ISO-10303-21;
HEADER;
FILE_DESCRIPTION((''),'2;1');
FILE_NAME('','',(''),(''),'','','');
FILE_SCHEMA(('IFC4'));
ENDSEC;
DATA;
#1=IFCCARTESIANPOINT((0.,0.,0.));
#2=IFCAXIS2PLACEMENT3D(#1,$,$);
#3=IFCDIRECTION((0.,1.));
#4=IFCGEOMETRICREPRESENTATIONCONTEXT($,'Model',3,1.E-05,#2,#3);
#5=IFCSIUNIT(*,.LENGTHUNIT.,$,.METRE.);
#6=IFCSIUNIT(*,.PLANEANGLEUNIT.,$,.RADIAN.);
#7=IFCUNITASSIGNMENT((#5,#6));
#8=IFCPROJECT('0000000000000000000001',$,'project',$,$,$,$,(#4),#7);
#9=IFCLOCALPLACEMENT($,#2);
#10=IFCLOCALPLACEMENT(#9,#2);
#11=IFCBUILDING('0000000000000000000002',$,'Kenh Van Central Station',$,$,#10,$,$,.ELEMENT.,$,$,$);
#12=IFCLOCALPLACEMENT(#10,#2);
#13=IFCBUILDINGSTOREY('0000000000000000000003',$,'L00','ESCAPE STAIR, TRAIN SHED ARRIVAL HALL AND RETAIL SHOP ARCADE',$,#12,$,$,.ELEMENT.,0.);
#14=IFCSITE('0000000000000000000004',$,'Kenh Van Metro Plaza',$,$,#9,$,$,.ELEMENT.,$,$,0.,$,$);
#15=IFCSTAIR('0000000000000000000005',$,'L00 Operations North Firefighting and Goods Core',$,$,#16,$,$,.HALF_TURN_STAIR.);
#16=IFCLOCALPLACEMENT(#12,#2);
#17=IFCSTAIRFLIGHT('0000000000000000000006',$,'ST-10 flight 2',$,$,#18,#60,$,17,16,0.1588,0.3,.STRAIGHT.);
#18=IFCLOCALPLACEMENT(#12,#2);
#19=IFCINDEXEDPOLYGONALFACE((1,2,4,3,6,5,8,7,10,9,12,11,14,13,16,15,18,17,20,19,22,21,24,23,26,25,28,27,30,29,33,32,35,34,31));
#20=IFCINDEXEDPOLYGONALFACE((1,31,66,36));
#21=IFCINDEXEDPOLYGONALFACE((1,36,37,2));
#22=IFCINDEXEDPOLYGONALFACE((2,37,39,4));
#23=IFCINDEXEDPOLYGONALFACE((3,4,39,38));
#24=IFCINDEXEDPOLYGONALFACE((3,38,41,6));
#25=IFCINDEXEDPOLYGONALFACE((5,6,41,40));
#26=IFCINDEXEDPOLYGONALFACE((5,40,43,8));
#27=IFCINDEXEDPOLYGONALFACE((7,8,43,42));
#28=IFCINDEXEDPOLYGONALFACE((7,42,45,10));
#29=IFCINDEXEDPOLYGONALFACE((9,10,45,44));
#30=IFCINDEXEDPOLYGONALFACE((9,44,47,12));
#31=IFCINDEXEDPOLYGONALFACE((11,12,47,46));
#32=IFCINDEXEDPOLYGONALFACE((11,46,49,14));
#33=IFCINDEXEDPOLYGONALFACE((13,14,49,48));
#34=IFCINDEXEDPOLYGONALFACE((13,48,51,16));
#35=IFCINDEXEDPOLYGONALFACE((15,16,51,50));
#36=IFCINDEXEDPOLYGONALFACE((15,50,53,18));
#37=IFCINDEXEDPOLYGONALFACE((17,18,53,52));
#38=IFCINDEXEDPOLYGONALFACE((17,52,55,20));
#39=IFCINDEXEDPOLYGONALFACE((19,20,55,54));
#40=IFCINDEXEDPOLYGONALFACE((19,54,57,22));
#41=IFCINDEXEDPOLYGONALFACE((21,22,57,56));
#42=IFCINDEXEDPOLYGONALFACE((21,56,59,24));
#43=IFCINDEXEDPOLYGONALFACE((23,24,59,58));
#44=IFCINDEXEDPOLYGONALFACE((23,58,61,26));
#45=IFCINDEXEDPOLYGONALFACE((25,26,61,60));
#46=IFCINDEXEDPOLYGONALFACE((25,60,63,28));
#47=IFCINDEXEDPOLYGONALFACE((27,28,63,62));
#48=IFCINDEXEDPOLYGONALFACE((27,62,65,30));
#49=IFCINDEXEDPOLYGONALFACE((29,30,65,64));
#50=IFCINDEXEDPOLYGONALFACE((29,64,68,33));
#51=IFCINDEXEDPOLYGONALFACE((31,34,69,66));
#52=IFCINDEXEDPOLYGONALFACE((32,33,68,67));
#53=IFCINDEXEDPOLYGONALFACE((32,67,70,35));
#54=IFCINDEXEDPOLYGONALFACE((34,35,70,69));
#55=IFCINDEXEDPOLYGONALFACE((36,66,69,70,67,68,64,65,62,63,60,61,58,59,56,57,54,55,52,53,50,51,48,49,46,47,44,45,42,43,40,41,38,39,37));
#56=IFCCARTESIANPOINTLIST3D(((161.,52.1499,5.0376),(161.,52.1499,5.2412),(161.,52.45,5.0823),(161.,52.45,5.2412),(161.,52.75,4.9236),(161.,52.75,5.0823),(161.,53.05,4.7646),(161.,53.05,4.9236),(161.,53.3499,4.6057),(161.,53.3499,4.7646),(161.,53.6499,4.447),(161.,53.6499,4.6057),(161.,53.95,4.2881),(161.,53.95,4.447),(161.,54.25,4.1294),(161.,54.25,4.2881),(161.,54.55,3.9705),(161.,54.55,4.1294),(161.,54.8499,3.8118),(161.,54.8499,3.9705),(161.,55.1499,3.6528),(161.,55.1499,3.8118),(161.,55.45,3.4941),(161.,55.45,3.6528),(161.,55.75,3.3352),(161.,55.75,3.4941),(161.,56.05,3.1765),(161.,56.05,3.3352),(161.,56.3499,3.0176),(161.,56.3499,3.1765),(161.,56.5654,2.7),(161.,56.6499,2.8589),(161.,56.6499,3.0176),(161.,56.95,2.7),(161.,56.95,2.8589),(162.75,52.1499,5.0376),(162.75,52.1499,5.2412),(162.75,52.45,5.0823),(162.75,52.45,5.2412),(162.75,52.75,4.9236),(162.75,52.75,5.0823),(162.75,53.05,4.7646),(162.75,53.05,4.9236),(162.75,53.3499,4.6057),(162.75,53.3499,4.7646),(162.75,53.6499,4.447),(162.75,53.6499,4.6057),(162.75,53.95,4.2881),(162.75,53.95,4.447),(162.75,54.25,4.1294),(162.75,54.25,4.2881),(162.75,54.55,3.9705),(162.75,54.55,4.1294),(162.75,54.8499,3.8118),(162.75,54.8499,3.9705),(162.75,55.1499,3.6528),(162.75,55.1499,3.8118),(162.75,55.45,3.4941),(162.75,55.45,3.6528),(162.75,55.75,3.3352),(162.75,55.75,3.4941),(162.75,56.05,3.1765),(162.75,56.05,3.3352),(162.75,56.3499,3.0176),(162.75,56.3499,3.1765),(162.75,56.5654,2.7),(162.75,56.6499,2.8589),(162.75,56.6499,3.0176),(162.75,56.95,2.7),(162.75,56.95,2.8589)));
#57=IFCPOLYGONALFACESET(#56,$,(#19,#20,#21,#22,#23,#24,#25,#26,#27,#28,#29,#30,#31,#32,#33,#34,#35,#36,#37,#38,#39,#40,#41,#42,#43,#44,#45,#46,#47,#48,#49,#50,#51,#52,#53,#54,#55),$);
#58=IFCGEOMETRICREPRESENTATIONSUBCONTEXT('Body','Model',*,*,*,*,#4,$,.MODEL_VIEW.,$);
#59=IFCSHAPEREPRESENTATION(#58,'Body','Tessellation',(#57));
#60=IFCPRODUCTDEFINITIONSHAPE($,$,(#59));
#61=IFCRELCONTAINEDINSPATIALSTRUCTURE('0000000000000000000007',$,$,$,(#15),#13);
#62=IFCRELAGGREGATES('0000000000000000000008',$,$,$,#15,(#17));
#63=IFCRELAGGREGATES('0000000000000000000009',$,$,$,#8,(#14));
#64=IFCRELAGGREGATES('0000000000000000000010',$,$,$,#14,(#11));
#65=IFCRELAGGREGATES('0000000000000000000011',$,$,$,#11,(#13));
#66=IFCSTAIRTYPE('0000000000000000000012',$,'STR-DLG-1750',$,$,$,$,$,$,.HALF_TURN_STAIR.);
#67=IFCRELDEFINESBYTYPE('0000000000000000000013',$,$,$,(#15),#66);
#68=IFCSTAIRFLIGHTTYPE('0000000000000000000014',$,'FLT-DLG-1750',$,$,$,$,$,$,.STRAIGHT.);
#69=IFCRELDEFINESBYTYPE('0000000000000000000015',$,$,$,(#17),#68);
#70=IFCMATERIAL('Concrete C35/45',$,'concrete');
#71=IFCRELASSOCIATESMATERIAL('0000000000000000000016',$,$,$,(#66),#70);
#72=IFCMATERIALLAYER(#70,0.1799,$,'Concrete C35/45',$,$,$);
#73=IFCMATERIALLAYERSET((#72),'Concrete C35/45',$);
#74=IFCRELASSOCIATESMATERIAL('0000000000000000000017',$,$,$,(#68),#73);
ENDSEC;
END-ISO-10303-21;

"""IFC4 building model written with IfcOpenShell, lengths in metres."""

from ifc_helpers import new_model, si_unit, direction, frame, origin, place, context, subcontext, project, spatial, polyline, outline, extrude, material, layer, layer_set, type_object, element, aggregate, save


model = new_model("IFC4")

# Units and contexts
model_context = context("Model", 3, precision=1e-05, world=origin(), true_north=direction((0.0, 1.0)))
body_context = subcontext(model_context, "Body", "Model", "MODEL_VIEW")
ifc_project = project(units=[si_unit("LENGTHUNIT", "METRE"), si_unit("PLANEANGLEUNIT", "RADIAN")], contexts=[model_context])

# Site, building, storey
site_placement = place(None, origin())
site = spatial("IfcSite", under=ifc_project, at=site_placement, Name="Kenh Van Metro Plaza", CompositionType="ELEMENT", RefElevation=0.0)
building_placement = place(site_placement, origin())
building = spatial("IfcBuilding", under=site, at=building_placement, Name="Kenh Van Central Station", CompositionType="ELEMENT")
storey_placement = place(building_placement, origin())
storey = spatial("IfcBuildingStorey", under=building, at=storey_placement, Name="L00", Description="ESCAPE STAIR, TRAIN SHED ARRIVAL HALL AND RETAIL SHOP ARCADE", CompositionType="ELEMENT", Elevation=0.0)

# Shared definitions
ifc_material_1 = material(Name="Concrete C35/45", Category="concrete")

# Stair, stair flight
stair_type = type_object("IfcStairType", Name="STR-DLG-1750", PredefinedType="HALF_TURN_STAIR", material=ifc_material_1)
stair_placement = place(storey_placement, origin())
stair = element("IfcStair", 1, at=stair_placement, inside=storey, type_object=stair_type, Name="L00 Operations North Firefighting and Goods Core", PredefinedType="HALF_TURN_STAIR")
ifc_layer_1 = layer(ifc_material_1, 0.1799, Name="Concrete C35/45")
ifc_layer_set_1 = layer_set([ifc_layer_1], Name="Concrete C35/45")
stair_flight_type = type_object("IfcStairFlightType", Name="FLT-DLG-1750", PredefinedType="STRAIGHT", material=ifc_layer_set_1)
stair_flight_1_placement = place(storey_placement, frame((161.875, 56.95, 2.7), z_axis=(0.0, 0.0, 1.0), x_axis=(0.0, -1.0, 0.0)))
stair_flight_1 = element("IfcStairFlight", 2, at=stair_flight_1_placement, type_object=stair_flight_type, Name="ST-10 flight 2", NumberOfRisers=17, NumberOfTreads=16, PredefinedType="STRAIGHT", RiserHeight=0.1588, TreadLength=0.3, context=body_context, shape_type="SweptSolid", body=[
    extrude(outline(polyline([(0.0, 0.0), (0.0, 0.1589), (0.3, 0.1589), (0.3, 0.3176), (0.6001, 0.3176), (0.6001, 0.4766), (0.8999, 0.4766), (0.8999, 0.6353), (1.2, 0.6353), (1.2, 0.7942), (1.5, 0.7942), (1.5, 0.9529), (1.8, 0.9529), (1.8, 1.1118), (2.1001, 1.1118), (2.1001, 1.2705), (2.3999, 1.2705), (2.3999, 1.4294), (2.7, 1.4294), (2.7, 1.5881), (3.0, 1.5881), (3.0, 1.7471), (3.3, 1.7471), (3.3, 1.9058), (3.6001, 1.9058), (3.6001, 2.0647), (3.8999, 2.0647), (3.8999, 2.2236), (4.2, 2.2236), (4.2, 2.3823), (4.5, 2.3823), (4.5, 2.5413), (4.8, 2.5413), (4.8, 2.7), (4.8, 2.3376), (0.3845, 0.0), (0.0, 0.0)])), frame((0.0, 0.875, 0.0), z_axis=(0.0, -1.0, 0.0), x_axis=(1.0, 0.0, 0.0)), (0.0, 0.0, 1.0), 1.75),
])
aggregate(stair, [stair_flight_1])

save(model, "model.ifc")
